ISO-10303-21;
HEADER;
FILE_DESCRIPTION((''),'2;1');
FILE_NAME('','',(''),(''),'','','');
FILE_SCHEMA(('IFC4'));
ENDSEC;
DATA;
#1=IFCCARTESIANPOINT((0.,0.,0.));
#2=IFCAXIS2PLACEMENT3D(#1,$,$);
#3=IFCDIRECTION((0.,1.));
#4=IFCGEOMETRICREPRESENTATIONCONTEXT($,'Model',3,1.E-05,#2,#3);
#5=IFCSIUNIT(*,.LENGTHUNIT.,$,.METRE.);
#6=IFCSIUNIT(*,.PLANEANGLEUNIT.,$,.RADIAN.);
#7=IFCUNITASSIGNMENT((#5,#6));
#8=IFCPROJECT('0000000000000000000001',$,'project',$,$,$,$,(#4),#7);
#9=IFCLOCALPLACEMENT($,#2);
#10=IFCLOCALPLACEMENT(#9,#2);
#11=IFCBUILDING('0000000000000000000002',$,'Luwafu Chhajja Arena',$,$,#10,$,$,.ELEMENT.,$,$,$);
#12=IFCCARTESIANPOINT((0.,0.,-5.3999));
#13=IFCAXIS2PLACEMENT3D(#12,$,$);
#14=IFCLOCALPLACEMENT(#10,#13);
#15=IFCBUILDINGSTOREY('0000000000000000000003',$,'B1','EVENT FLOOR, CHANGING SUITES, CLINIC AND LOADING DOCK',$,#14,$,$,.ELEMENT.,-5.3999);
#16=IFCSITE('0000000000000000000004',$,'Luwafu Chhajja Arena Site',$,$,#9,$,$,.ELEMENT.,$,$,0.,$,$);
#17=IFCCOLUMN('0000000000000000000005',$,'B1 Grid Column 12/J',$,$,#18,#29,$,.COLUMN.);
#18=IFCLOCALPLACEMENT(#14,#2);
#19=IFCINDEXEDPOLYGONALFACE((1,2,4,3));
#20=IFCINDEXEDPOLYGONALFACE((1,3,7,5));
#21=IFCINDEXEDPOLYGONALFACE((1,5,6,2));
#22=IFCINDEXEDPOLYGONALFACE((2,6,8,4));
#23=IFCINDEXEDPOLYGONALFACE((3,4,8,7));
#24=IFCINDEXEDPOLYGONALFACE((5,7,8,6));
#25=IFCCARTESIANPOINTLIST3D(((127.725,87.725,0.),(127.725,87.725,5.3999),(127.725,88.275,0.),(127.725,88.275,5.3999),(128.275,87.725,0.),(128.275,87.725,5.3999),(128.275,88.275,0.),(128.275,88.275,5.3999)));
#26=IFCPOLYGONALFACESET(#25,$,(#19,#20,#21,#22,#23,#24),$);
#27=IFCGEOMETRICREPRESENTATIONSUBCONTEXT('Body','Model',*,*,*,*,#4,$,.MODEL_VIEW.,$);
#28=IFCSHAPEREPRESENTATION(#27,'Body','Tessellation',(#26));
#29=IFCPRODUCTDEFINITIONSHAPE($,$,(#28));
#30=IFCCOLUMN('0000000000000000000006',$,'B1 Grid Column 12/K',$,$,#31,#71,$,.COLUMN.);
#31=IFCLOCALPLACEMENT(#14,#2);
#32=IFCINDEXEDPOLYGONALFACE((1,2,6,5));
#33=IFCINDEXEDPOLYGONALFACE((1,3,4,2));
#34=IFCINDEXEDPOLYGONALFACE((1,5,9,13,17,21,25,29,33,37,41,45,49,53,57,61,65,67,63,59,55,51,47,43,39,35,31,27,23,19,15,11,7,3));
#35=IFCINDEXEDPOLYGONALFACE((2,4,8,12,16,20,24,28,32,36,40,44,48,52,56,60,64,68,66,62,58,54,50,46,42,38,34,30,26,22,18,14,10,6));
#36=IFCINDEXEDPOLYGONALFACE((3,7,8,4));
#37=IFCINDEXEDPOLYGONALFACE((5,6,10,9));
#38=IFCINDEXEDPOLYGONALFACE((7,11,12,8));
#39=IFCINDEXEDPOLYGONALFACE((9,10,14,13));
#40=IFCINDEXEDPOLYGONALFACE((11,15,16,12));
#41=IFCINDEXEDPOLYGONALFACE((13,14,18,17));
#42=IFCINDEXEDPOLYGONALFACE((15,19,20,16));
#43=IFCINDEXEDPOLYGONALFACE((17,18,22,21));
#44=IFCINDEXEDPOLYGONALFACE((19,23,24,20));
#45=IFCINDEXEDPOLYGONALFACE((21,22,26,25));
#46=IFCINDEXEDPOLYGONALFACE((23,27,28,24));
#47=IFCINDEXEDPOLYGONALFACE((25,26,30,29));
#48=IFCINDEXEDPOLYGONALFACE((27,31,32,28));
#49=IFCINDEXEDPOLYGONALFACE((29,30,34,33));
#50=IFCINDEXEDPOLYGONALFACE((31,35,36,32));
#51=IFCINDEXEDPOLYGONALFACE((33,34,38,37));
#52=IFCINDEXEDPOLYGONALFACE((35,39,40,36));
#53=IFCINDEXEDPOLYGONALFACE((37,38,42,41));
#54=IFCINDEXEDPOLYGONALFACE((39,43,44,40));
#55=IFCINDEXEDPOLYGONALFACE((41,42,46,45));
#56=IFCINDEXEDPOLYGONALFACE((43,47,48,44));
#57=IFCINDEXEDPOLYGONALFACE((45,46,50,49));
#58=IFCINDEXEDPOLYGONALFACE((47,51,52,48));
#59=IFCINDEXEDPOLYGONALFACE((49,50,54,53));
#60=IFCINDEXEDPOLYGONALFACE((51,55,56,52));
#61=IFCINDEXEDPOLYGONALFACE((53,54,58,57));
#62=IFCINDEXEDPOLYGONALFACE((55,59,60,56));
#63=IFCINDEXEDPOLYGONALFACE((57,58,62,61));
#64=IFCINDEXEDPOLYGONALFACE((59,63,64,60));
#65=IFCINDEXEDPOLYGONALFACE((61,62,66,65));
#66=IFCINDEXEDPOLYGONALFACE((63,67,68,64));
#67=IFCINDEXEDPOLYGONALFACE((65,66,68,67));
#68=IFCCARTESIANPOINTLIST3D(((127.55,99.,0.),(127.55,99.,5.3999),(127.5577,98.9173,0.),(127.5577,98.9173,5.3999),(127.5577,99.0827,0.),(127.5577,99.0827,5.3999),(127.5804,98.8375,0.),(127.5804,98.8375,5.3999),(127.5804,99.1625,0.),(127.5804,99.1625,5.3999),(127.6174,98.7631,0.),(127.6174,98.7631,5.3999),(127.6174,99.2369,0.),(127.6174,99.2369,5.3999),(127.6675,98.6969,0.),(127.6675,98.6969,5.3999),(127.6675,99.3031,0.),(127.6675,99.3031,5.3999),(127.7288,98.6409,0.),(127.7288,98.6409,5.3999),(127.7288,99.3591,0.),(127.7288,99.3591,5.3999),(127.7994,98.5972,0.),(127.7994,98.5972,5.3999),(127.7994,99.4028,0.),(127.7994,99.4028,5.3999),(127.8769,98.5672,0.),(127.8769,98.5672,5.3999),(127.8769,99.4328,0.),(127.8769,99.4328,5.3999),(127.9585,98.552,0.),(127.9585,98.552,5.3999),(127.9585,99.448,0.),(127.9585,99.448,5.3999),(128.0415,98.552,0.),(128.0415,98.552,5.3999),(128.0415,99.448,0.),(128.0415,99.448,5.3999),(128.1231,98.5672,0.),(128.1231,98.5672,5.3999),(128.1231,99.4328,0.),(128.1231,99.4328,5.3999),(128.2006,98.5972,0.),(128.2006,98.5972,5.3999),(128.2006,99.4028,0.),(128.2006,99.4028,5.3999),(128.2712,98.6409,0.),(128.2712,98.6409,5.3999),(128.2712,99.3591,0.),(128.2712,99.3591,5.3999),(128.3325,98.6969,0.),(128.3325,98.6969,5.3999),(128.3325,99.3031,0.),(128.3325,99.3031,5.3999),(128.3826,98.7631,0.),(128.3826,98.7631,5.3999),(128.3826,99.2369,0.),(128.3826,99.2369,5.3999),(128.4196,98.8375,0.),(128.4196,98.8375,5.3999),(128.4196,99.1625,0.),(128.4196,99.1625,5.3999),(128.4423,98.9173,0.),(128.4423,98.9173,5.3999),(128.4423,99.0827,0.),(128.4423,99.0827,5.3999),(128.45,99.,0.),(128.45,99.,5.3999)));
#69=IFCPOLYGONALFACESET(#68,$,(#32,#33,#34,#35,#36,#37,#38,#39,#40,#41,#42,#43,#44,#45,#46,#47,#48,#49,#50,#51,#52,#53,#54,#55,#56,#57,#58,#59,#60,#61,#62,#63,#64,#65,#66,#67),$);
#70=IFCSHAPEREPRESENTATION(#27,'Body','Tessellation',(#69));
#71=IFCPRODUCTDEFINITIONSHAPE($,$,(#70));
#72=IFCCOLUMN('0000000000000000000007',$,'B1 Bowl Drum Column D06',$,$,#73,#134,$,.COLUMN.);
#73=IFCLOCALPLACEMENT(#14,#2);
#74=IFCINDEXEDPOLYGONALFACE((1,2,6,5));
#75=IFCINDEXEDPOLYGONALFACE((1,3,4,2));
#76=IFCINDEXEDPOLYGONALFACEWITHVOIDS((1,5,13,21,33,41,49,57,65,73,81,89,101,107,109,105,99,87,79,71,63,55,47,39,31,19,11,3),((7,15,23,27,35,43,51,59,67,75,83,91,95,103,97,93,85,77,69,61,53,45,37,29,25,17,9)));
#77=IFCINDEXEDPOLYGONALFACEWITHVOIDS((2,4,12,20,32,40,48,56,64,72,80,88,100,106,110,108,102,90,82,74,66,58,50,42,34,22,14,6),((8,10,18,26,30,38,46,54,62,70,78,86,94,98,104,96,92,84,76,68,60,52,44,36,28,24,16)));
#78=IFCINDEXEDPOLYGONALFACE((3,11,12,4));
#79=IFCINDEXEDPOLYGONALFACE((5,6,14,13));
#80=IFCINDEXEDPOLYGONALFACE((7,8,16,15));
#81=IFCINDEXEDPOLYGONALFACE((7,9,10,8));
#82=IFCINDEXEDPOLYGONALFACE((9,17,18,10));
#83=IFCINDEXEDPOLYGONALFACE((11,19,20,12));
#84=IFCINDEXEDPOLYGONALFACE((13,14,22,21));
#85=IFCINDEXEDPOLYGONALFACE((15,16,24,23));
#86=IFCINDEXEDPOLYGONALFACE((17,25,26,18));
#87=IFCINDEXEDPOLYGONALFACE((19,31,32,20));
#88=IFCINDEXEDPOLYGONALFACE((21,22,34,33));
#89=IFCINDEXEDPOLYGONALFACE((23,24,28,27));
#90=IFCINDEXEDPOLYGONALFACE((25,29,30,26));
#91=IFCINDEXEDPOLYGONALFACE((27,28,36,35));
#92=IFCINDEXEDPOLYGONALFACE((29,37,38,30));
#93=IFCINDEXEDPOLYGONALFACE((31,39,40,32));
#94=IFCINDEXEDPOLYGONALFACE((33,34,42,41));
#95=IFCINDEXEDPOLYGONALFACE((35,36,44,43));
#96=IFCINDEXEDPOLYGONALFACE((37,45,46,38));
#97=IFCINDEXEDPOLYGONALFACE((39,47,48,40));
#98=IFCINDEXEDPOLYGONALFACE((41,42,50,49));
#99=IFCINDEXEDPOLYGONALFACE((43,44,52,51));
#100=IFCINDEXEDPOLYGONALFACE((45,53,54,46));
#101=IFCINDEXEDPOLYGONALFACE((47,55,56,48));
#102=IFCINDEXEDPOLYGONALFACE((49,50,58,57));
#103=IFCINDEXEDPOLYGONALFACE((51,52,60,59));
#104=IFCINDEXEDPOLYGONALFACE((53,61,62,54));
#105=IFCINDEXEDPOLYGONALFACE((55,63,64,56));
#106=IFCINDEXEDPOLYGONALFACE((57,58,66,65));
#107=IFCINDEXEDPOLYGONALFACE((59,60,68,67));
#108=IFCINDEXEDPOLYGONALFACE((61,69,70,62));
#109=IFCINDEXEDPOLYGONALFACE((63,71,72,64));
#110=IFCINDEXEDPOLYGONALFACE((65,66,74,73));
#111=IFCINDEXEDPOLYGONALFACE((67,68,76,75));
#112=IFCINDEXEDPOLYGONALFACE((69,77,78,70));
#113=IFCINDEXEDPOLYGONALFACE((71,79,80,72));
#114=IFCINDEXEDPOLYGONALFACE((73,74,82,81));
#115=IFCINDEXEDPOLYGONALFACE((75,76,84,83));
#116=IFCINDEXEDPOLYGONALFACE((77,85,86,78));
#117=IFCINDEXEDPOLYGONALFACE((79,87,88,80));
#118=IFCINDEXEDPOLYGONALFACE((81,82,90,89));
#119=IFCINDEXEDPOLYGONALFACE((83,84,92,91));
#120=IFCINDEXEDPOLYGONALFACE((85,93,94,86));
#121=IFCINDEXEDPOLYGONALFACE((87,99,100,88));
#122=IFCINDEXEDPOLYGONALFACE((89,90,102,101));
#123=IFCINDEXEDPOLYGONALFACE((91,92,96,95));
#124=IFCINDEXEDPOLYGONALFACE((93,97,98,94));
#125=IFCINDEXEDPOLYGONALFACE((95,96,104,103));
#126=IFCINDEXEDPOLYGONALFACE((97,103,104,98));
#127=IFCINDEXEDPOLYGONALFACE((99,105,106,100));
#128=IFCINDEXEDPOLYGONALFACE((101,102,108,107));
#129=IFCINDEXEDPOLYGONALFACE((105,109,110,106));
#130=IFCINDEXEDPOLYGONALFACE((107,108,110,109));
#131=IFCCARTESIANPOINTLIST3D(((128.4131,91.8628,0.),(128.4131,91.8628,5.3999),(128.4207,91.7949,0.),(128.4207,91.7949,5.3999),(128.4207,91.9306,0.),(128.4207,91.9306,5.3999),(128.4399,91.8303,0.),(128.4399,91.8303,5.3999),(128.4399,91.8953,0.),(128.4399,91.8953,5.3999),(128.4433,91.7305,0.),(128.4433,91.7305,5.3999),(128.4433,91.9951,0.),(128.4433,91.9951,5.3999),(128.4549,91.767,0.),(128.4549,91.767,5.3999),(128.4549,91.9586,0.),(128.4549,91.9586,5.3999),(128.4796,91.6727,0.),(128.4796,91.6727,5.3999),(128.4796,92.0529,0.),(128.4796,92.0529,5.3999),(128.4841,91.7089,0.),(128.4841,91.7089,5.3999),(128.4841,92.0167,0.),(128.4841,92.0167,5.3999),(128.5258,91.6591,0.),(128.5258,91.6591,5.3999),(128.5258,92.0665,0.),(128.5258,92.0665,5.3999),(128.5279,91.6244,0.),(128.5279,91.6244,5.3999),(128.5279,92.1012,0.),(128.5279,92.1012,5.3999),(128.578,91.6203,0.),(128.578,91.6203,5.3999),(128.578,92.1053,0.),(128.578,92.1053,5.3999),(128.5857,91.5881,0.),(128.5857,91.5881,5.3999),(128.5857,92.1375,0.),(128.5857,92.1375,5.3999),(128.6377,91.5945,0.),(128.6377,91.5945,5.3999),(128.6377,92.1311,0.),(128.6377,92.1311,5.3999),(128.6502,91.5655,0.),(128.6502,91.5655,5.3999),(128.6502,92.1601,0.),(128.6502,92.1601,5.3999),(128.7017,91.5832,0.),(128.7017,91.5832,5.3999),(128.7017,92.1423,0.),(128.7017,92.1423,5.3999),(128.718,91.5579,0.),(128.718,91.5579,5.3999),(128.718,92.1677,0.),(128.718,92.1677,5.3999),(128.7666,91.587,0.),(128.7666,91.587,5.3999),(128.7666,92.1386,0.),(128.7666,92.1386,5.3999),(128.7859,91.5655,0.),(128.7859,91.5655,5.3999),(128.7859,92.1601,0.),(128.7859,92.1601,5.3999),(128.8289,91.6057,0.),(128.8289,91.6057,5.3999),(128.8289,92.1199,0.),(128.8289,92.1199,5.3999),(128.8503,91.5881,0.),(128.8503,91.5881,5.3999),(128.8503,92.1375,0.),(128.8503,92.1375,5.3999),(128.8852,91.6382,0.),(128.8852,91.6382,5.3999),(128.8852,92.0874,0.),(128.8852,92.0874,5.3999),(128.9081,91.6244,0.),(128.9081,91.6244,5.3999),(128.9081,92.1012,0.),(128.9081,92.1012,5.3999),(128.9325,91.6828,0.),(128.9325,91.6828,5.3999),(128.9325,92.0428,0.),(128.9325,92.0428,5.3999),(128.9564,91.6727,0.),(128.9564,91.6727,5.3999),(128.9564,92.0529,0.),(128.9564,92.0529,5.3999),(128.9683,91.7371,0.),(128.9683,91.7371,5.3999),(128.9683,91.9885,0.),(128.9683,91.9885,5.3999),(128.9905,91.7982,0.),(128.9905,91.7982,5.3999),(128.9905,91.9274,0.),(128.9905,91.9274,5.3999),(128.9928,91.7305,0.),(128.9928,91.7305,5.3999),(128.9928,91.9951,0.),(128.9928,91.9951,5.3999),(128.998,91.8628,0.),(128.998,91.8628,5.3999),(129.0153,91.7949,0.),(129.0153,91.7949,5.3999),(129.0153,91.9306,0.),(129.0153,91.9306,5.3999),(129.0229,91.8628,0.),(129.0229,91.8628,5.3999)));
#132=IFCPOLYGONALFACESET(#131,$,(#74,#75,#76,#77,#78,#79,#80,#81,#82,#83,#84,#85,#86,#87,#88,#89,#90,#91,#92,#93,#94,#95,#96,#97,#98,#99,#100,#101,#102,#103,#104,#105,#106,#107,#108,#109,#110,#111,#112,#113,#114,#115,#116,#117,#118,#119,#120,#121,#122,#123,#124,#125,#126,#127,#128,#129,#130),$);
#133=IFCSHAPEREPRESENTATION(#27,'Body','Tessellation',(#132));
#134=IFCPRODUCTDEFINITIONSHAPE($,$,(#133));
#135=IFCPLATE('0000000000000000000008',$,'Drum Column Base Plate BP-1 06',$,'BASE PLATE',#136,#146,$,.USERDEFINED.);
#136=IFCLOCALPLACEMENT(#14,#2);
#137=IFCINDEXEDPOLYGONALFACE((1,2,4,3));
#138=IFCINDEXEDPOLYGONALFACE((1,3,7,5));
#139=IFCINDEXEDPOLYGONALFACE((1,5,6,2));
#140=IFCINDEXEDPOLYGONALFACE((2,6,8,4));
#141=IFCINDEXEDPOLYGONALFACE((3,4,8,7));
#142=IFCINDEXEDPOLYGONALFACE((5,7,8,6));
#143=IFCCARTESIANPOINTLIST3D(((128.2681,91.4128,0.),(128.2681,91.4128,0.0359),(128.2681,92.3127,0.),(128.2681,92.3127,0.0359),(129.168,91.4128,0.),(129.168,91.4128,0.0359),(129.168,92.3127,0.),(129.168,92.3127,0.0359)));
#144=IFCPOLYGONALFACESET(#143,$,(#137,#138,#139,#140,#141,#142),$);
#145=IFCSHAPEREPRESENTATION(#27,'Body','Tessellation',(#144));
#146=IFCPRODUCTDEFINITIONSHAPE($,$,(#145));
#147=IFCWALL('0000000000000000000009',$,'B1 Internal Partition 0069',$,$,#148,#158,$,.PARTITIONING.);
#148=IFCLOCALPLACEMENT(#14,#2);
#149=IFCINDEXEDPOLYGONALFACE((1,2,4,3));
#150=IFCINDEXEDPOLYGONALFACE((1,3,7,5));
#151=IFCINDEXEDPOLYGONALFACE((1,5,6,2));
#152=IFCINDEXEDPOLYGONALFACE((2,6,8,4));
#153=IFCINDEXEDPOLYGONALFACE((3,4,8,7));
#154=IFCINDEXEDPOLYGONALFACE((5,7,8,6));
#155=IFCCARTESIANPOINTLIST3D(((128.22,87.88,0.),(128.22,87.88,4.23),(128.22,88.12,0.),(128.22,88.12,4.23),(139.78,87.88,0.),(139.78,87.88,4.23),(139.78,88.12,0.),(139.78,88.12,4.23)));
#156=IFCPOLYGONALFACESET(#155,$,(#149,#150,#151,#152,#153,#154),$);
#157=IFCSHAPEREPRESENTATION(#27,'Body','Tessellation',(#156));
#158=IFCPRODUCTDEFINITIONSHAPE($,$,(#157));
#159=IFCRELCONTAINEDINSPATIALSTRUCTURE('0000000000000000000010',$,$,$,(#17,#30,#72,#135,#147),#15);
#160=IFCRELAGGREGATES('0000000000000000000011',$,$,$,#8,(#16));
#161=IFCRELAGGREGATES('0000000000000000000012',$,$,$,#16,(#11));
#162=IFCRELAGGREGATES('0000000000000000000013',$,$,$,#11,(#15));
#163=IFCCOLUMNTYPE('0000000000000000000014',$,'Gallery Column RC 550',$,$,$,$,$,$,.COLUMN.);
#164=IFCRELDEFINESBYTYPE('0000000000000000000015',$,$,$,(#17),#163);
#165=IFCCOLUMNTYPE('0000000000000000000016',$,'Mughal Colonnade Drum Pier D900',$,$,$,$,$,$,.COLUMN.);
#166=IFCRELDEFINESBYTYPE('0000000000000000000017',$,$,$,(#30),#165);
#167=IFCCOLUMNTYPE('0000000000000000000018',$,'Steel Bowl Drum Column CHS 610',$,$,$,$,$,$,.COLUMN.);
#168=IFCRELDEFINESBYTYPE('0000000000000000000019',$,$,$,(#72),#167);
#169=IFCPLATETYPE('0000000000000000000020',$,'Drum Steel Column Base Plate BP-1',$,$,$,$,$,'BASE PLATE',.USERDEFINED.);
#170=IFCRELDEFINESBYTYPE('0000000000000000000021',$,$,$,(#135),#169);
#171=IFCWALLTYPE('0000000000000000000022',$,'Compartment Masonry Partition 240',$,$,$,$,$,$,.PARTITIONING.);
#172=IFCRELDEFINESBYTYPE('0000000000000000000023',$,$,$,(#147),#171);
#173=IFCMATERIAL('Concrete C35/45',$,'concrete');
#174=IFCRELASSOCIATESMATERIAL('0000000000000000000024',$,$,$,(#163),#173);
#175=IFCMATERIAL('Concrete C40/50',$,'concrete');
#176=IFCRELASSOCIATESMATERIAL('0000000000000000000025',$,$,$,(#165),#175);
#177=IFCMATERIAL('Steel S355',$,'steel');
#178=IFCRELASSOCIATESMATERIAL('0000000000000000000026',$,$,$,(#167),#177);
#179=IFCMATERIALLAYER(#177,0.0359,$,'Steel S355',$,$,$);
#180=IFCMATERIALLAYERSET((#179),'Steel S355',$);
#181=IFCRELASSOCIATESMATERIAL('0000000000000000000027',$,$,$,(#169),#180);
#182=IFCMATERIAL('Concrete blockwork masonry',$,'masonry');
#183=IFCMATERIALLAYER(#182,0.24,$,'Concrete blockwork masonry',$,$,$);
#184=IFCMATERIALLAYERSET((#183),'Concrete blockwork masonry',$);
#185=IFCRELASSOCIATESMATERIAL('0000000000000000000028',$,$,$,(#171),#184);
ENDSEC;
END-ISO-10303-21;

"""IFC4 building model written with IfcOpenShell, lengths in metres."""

from ifc_helpers import new_model, si_unit, direction, frame, frame_2d, origin, origin_2d, place, context, subcontext, project, spatial, rectangle, circle, hollow_circle, extrude, material, layer, layer_set, material_profile, profile_set, type_object, element, save


model = new_model("IFC4")

# Units and contexts
model_context = context("Model", 3, precision=1e-05, world=origin(), true_north=direction((0.0, 1.0)))
body_context = subcontext(model_context, "Body", "Model", "MODEL_VIEW")
ifc_project = project(units=[si_unit("LENGTHUNIT", "METRE"), si_unit("PLANEANGLEUNIT", "RADIAN")], contexts=[model_context])

# Site, building, storey
site_placement = place(None, origin())
site = spatial("IfcSite", under=ifc_project, at=site_placement, Name="Luwafu Chhajja Arena Site", CompositionType="ELEMENT", RefElevation=0.0)
building_placement = place(site_placement, origin())
building = spatial("IfcBuilding", under=site, at=building_placement, Name="Luwafu Chhajja Arena", CompositionType="ELEMENT")
storey_placement = place(building_placement, frame((0.0, 0.0, -5.3999)))
storey = spatial("IfcBuildingStorey", under=building, at=storey_placement, Name="B1", Description="EVENT FLOOR, CHANGING SUITES, CLINIC AND LOADING DOCK", CompositionType="ELEMENT", Elevation=-5.3999)

# Shared definitions
ifc_material_1 = material(Name="Concrete C35/45", Category="concrete")

# Columns
ifc_material_2 = material(Name="Concrete C40/50", Category="concrete")
ifc_material_profile_1 = material_profile(ifc_material_1, rectangle(XDim=0.55, YDim=0.55, at=origin_2d()), Name="RC 550x550")
ifc_profile_set_1 = profile_set([ifc_material_profile_1], Name="Concrete C35/45")
column_type_1 = type_object("IfcColumnType", Name="Gallery Column RC 550", PredefinedType="COLUMN", material=ifc_profile_set_1)
column_1_placement = place(storey_placement, frame((128.0, 88.0, 0.0), z_axis=(0.0, 0.0, 1.0), x_axis=(1.0, 0.0, 0.0)))
element("IfcColumn", 1, at=column_1_placement, inside=storey, type_object=column_type_1, Name="B1 Grid Column 12/J", PredefinedType="COLUMN", context=body_context, shape_type="SweptSolid", body=[
    extrude(rectangle(XDim=0.55, YDim=0.55, at=origin_2d()), origin(), (0.0, 0.0, 1.0), 5.3999),
])
ifc_material_profile_2 = material_profile(ifc_material_2, circle(Radius=0.45, at=origin_2d()), Name="RC COL D900")
ifc_profile_set_2 = profile_set([ifc_material_profile_2], Name="Concrete C40/50")
column_type_2 = type_object("IfcColumnType", Name="Mughal Colonnade Drum Pier D900", PredefinedType="COLUMN", material=ifc_profile_set_2)
column_2_placement = place(storey_placement, frame((128.0, 99.0, 0.0), z_axis=(0.0, 0.0, 1.0), x_axis=(1.0, 0.0, 0.0)))
element("IfcColumn", 2, at=column_2_placement, inside=storey, type_object=column_type_2, Name="B1 Grid Column 12/K", PredefinedType="COLUMN", context=body_context, shape_type="SweptSolid", body=[
    extrude(circle(Radius=0.45, at=origin_2d()), origin(), (0.0, 0.0, 1.0), 5.3999),
])
ifc_material_3 = material(Name="Steel S355", Category="steel")
ifc_material_profile_3 = material_profile(ifc_material_3, hollow_circle(Radius=0.3049, WallThickness=0.0249, at=origin_2d()), Name="CHS 610x25")
ifc_profile_set_3 = profile_set([ifc_material_profile_3], Name="Steel S355")
column_type_3 = type_object("IfcColumnType", Name="Steel Bowl Drum Column CHS 610", PredefinedType="COLUMN", material=ifc_profile_set_3)
column_3_placement = place(storey_placement, frame((128.718, 91.8628, 0.0), z_axis=(0.0, 0.0, 1.0), x_axis=(1.0, 0.0, 0.0)))
element("IfcColumn", 3, at=column_3_placement, inside=storey, type_object=column_type_3, Name="B1 Bowl Drum Column D06", PredefinedType="COLUMN", context=body_context, shape_type="SweptSolid", body=[
    extrude(hollow_circle(Radius=0.3049, WallThickness=0.0249, at=origin_2d()), origin(), (0.0, 0.0, 1.0), 5.3999),
])

# Plate
ifc_layer_1 = layer(ifc_material_3, 0.0359, Name="Steel S355")
ifc_layer_set_1 = layer_set([ifc_layer_1], Name="Steel S355")
plate_type = type_object("IfcPlateType", Name="Drum Steel Column Base Plate BP-1", ElementType="BASE PLATE", PredefinedType="USERDEFINED", material=ifc_layer_set_1)
plate_placement = place(storey_placement, frame((128.718, 91.8628, 0.0), z_axis=(0.0, 0.0, 1.0), x_axis=(1.0, 0.0, 0.0)))
element("IfcPlate", 4, at=plate_placement, inside=storey, type_object=plate_type, Name="Drum Column Base Plate BP-1 06", ObjectType="BASE PLATE", PredefinedType="USERDEFINED", context=body_context, shape_type="SweptSolid", body=[
    extrude(rectangle(XDim=0.8999, YDim=0.8999, at=origin_2d()), origin(), (0.0, 0.0, 1.0), 0.0359),
])

# Wall
ifc_material_4 = material(Name="Concrete blockwork masonry", Category="masonry")
ifc_layer_2 = layer(ifc_material_4, 0.24, Name="Concrete blockwork masonry")
ifc_layer_set_2 = layer_set([ifc_layer_2], Name="Concrete blockwork masonry")
wall_type = type_object("IfcWallType", Name="Compartment Masonry Partition 240", PredefinedType="PARTITIONING", material=ifc_layer_set_2)
wall_placement = place(storey_placement, frame((128.22, 88.0, 0.0), z_axis=(0.0, 0.0, 1.0), x_axis=(1.0, 0.0, 0.0)))
element("IfcWall", 5, at=wall_placement, inside=storey, type_object=wall_type, Name="B1 Internal Partition 0069", PredefinedType="PARTITIONING", context=body_context, shape_type="SweptSolid", body=[
    extrude(rectangle(XDim=11.5601, YDim=0.24, at=frame_2d((5.78, 0.0))), origin(), (0.0, 0.0, 1.0), 4.23),
])

save(model, "model.ifc")
